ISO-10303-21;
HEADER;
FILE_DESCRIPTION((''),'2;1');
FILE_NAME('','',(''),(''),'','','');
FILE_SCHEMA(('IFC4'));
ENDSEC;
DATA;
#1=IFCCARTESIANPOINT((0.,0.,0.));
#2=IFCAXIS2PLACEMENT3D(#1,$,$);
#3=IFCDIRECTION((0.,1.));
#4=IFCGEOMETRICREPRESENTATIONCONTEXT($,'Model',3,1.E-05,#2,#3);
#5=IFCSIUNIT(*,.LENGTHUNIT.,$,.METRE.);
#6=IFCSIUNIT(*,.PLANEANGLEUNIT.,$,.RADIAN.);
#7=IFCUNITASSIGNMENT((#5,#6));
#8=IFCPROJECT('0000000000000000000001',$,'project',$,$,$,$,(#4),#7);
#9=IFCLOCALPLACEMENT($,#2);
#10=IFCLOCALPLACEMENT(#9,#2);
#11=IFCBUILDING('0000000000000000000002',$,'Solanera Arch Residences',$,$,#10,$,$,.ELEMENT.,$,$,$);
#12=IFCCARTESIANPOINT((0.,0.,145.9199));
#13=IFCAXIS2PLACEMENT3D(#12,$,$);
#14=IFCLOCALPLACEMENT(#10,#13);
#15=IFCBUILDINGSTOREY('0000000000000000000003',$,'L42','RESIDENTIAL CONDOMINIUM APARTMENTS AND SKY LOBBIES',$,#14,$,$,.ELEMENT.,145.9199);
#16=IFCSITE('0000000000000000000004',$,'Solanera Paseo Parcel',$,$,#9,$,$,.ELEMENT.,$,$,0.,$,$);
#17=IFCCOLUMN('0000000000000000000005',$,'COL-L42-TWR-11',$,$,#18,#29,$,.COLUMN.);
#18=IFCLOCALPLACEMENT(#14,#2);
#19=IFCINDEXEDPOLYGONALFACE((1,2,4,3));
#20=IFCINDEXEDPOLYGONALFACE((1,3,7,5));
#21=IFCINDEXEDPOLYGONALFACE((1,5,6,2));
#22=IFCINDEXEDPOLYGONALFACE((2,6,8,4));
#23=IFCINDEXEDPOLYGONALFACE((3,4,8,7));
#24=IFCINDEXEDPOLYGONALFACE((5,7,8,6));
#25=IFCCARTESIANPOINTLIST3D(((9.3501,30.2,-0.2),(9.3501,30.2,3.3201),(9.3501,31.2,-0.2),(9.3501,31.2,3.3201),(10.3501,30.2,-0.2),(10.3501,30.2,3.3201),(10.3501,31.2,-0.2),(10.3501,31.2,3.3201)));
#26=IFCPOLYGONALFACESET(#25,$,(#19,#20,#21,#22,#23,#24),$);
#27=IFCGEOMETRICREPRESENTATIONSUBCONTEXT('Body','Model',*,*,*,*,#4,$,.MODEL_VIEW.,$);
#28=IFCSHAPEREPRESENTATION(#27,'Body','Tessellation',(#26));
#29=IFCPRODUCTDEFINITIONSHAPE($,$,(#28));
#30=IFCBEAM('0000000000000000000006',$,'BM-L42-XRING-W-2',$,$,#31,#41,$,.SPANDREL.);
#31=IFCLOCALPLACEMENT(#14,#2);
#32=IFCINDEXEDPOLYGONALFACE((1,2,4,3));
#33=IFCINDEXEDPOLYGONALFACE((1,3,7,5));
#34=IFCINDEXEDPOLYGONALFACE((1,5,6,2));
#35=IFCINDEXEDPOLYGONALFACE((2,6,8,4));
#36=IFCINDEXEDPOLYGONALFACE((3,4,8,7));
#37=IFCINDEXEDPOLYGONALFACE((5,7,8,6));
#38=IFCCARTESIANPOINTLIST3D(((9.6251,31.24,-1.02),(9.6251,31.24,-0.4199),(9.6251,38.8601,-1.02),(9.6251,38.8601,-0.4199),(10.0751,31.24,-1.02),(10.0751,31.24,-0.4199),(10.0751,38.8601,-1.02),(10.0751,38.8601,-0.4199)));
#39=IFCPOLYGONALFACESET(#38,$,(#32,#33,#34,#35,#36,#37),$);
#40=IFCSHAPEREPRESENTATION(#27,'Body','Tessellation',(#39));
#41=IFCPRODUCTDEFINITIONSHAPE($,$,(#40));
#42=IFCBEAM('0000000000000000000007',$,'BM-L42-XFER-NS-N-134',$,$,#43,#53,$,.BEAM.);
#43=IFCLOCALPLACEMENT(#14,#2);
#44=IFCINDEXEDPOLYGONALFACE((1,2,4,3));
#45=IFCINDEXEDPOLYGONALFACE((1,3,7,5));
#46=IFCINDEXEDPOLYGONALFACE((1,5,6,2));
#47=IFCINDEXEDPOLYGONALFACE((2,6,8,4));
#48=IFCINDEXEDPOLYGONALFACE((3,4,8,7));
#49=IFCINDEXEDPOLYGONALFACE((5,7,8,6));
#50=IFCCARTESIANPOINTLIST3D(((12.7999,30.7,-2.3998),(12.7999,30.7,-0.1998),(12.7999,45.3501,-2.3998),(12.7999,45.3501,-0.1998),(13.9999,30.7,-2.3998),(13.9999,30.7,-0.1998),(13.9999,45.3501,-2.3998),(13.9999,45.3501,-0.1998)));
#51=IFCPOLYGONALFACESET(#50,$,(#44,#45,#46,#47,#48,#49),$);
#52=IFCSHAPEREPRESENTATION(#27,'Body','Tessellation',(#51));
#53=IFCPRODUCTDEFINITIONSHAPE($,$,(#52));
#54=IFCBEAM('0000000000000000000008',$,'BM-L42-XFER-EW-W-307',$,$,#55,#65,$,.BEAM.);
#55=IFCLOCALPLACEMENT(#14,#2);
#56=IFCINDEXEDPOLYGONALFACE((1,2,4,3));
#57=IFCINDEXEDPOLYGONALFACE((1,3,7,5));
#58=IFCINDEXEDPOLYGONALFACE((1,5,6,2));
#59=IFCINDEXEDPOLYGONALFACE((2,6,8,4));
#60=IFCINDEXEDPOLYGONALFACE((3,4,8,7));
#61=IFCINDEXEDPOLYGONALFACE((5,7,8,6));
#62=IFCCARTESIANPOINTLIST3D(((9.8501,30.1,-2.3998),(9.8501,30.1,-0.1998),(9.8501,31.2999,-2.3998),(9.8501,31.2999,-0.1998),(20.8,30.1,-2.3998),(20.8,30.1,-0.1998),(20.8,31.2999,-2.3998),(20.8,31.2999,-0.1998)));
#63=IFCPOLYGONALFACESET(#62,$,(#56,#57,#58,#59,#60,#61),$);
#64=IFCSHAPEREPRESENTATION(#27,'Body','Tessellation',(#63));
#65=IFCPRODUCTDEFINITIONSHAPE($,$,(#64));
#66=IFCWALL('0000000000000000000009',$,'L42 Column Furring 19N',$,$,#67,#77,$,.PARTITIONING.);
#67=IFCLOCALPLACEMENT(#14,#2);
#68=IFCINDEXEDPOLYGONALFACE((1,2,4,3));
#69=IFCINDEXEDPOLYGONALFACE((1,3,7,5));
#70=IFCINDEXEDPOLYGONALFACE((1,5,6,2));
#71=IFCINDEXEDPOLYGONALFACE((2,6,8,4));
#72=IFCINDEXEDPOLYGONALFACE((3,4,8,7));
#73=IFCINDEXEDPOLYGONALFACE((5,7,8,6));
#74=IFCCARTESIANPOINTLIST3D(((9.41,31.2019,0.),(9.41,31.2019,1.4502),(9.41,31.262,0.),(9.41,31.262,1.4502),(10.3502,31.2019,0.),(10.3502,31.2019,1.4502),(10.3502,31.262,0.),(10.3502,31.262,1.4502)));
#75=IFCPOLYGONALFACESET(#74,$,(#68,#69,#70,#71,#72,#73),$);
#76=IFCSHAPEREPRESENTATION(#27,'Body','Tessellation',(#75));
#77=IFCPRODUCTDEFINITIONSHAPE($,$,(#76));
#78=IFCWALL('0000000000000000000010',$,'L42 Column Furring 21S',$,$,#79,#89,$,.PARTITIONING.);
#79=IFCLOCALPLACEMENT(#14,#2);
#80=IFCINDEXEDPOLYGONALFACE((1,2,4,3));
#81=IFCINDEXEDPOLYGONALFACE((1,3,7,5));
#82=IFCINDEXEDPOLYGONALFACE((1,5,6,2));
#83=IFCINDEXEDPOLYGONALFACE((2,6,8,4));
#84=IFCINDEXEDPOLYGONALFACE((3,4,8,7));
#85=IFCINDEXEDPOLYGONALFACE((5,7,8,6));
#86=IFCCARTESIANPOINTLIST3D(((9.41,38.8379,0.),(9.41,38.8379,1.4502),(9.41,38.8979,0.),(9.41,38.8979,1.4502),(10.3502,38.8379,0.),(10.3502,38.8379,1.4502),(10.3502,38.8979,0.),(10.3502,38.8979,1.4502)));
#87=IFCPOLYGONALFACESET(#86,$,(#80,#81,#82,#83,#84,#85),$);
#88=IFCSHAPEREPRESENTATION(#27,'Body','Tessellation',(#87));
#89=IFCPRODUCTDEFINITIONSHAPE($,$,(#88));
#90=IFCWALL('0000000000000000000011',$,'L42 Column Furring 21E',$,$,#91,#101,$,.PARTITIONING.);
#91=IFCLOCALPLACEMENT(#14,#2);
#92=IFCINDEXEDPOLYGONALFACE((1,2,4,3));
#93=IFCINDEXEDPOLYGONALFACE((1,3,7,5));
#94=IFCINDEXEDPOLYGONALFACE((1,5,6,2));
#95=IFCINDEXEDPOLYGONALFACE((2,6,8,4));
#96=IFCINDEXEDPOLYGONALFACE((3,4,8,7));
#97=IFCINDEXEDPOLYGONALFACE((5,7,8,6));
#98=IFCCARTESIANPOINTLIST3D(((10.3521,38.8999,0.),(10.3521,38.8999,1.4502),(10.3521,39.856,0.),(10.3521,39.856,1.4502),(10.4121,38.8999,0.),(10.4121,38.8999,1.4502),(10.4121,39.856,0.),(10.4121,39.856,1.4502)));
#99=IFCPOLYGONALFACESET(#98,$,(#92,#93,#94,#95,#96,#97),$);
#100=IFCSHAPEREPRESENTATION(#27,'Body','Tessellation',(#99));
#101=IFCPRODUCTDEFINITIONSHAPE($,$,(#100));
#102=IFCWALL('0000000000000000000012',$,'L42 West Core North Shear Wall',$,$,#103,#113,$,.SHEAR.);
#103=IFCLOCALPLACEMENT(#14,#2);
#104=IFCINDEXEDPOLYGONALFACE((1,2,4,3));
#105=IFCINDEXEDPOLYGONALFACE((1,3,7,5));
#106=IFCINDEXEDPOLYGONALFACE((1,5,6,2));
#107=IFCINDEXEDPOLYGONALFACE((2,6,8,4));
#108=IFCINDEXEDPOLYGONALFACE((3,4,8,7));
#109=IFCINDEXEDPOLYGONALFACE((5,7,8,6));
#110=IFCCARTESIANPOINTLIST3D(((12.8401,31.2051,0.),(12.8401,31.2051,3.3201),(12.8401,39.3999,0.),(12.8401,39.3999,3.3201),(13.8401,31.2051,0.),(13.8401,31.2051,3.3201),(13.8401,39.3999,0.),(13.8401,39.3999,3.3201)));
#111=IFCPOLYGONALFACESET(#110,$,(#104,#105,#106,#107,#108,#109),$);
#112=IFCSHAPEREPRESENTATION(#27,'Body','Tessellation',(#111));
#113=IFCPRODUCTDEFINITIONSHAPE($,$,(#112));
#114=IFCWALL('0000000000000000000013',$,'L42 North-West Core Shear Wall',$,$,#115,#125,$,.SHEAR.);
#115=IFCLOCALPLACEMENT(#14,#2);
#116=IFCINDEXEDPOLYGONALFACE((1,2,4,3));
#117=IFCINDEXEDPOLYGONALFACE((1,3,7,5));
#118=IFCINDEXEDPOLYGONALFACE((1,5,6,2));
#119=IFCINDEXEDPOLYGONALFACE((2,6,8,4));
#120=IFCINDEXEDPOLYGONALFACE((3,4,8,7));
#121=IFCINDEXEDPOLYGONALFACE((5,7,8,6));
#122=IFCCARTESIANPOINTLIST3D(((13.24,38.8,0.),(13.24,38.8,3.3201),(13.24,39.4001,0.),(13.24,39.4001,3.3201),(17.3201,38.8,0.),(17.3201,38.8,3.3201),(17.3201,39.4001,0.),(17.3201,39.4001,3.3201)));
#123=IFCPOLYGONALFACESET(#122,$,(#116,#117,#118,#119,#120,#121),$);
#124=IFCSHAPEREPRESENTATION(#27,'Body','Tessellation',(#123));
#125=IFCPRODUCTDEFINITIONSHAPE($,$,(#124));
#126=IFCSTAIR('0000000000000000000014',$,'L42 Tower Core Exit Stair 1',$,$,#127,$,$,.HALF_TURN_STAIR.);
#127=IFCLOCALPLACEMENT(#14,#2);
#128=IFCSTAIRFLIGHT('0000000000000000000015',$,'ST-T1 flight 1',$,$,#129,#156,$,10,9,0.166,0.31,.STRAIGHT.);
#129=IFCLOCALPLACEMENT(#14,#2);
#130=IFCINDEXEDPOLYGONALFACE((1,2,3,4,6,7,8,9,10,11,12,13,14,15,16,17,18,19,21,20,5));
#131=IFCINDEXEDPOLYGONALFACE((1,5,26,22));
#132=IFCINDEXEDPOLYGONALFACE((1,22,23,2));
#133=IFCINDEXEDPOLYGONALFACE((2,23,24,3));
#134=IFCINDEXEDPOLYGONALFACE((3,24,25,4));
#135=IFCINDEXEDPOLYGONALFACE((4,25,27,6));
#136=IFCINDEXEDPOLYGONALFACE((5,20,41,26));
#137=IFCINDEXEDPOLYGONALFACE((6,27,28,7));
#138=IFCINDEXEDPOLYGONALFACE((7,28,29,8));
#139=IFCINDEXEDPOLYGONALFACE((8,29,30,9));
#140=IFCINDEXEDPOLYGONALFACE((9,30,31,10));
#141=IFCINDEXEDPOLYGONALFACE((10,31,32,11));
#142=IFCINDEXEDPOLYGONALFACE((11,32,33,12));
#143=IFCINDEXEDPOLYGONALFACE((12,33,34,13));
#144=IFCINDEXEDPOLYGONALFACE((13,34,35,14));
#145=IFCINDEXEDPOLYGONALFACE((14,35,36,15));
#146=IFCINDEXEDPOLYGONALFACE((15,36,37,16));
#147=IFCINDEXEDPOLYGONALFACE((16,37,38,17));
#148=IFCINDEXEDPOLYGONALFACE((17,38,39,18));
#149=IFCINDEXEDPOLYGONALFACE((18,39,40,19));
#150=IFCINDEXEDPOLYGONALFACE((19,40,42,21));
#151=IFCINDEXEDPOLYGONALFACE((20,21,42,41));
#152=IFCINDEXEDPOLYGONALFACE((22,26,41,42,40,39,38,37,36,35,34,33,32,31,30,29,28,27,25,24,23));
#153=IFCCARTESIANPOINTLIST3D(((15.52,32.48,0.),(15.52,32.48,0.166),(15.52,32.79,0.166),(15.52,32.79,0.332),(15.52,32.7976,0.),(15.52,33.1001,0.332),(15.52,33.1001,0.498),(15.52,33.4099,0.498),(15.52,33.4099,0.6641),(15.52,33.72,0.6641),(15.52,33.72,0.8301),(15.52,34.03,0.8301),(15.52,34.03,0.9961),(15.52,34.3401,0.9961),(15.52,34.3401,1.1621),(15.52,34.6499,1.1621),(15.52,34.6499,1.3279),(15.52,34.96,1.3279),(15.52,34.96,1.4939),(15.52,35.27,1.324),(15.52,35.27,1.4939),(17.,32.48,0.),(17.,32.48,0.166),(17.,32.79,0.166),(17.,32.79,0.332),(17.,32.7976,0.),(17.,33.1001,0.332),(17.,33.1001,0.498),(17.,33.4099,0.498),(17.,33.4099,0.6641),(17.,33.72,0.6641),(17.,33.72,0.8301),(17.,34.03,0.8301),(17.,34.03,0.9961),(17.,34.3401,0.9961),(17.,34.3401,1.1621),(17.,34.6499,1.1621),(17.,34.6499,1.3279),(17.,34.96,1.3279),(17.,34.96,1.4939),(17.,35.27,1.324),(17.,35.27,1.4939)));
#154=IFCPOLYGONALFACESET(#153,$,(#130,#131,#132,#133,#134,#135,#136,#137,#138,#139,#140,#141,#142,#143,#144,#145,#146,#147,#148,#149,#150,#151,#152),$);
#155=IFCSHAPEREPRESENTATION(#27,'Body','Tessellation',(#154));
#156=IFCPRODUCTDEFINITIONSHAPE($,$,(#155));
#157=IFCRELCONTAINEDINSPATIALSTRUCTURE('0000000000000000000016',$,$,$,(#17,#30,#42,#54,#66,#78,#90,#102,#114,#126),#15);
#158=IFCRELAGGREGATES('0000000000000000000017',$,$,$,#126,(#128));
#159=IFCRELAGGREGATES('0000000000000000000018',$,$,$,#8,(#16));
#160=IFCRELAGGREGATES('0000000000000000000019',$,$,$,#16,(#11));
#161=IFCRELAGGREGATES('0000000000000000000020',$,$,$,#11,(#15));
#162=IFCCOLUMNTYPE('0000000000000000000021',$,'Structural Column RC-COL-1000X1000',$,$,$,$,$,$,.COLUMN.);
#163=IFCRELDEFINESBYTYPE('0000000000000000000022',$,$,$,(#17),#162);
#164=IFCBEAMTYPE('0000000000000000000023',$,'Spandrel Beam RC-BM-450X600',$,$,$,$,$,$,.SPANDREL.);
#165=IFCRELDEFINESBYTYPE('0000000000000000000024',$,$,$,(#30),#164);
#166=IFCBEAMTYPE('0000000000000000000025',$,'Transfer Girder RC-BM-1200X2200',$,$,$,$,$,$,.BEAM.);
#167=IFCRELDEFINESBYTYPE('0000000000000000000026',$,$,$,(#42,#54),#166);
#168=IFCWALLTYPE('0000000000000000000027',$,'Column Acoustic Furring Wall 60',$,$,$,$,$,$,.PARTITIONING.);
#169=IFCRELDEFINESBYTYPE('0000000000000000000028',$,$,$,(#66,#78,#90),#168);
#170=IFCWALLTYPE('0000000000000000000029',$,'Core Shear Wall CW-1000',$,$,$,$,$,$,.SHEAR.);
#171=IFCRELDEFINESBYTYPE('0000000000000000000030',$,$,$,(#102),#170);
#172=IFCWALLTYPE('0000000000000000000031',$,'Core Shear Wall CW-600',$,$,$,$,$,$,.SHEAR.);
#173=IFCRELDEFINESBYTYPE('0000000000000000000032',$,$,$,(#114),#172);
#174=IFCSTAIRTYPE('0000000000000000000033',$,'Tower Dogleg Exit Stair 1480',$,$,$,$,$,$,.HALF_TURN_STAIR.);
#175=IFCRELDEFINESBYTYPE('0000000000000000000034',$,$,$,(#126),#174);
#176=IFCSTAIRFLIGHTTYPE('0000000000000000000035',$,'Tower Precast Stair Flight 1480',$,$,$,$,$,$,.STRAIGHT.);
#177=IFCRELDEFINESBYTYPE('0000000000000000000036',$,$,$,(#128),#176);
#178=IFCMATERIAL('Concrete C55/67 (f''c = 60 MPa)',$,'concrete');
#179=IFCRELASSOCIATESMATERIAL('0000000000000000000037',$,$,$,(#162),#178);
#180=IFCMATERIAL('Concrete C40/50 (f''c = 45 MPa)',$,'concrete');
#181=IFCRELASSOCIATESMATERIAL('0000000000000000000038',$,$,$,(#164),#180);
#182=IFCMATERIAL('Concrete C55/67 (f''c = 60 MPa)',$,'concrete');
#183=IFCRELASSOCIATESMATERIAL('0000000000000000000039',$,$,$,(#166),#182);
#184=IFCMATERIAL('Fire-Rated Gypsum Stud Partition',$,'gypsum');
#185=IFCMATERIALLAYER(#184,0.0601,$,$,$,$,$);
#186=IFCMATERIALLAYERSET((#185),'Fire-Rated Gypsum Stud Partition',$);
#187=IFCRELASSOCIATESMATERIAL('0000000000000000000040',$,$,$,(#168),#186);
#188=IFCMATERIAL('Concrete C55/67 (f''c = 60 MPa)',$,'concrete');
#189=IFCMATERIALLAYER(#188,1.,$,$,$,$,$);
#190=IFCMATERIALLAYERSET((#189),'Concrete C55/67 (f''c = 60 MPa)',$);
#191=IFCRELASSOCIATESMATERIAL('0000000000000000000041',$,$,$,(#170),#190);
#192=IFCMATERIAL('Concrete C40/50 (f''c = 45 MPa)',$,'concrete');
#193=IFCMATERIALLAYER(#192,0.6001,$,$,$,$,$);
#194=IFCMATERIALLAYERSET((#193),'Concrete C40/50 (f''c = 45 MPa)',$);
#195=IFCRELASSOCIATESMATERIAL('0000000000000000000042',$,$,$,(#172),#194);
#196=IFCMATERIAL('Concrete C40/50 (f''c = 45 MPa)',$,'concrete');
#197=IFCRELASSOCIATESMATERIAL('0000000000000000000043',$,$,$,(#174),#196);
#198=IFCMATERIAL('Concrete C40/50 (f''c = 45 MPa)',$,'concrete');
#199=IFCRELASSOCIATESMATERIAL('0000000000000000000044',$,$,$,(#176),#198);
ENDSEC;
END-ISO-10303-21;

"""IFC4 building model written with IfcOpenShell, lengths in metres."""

from ifc_helpers import new_model, si_unit, direction, frame, frame_2d, origin, origin_2d, place, context, subcontext, project, spatial, polyline, rectangle, outline, extrude, material, layer, layer_set, material_profile, profile_set, type_object, element, aggregate, save


model = new_model("IFC4")

# Units and contexts
model_context = context("Model", 3, precision=1e-05, world=origin(), true_north=direction((0.0, 1.0)))
body_context = subcontext(model_context, "Body", "Model", "MODEL_VIEW")
ifc_project = project(units=[si_unit("LENGTHUNIT", "METRE"), si_unit("PLANEANGLEUNIT", "RADIAN")], contexts=[model_context])

# Site, building, storey
site_placement = place(None, origin())
site = spatial("IfcSite", under=ifc_project, at=site_placement, Name="Solanera Paseo Parcel", CompositionType="ELEMENT", RefElevation=0.0)
building_placement = place(site_placement, origin())
building = spatial("IfcBuilding", under=site, at=building_placement, Name="Solanera Arch Residences", CompositionType="ELEMENT")
storey_placement = place(building_placement, frame((0.0, 0.0, 145.9199)))
storey = spatial("IfcBuildingStorey", under=building, at=storey_placement, Name="L42", Description="RESIDENTIAL CONDOMINIUM APARTMENTS AND SKY LOBBIES", CompositionType="ELEMENT", Elevation=145.9199)

# Column
ifc_material_1 = material(Name="Concrete C55/67 (f'c = 60 MPa)", Category="concrete")
ifc_material_profile_1 = material_profile(ifc_material_1, rectangle(XDim=1.0, YDim=1.0, at=origin_2d()))
ifc_profile_set_1 = profile_set([ifc_material_profile_1], Name="Concrete C55/67 (f'c = 60 MPa)")
column_type = type_object("IfcColumnType", Name="Structural Column RC-COL-1000X1000", PredefinedType="COLUMN", material=ifc_profile_set_1)
column_placement = place(storey_placement, frame((9.8501, 30.7, -0.2), z_axis=(0.0, 0.0, 1.0), x_axis=(1.0, 0.0, 0.0)))
element("IfcColumn", 1, at=column_placement, inside=storey, type_object=column_type, Name="COL-L42-TWR-11", PredefinedType="COLUMN", context=body_context, shape_type="SweptSolid", body=[
    extrude(rectangle(XDim=1.0, YDim=1.0, at=origin_2d()), origin(), (0.0, 0.0, 1.0), 3.52),
])

# Beams
ifc_material_2 = material(Name="Concrete C40/50 (f'c = 45 MPa)", Category="concrete")
ifc_material_profile_2 = material_profile(ifc_material_2, rectangle(XDim=0.45, YDim=0.6001, at=origin_2d()))
ifc_profile_set_2 = profile_set([ifc_material_profile_2], Name="Concrete C40/50 (f'c = 45 MPa)")
beam_type_1 = type_object("IfcBeamType", Name="Spandrel Beam RC-BM-450X600", PredefinedType="SPANDREL", material=ifc_profile_set_2)
beam_1_placement = place(storey_placement, frame((9.8501, 31.24, -0.72), z_axis=(0.0, 1.0, 0.0), x_axis=(-1.0, 0.0, 0.0)))
element("IfcBeam", 2, at=beam_1_placement, inside=storey, type_object=beam_type_1, Name="BM-L42-XRING-W-2", PredefinedType="SPANDREL", context=body_context, shape_type="SweptSolid", body=[
    extrude(rectangle(XDim=0.45, YDim=0.6001, at=origin_2d()), origin(), (0.0, 0.0, 1.0), 7.6201),
])
ifc_material_3 = material(Name="Concrete C55/67 (f'c = 60 MPa)", Category="concrete")
ifc_material_profile_3 = material_profile(ifc_material_3, rectangle(XDim=1.2, YDim=2.2, at=origin_2d()))
ifc_profile_set_3 = profile_set([ifc_material_profile_3], Name="Concrete C55/67 (f'c = 60 MPa)")
beam_type_2 = type_object("IfcBeamType", Name="Transfer Girder RC-BM-1200X2200", PredefinedType="BEAM", material=ifc_profile_set_3)
beam_2_placement = place(storey_placement, frame((13.3999, 30.7, -1.2998), z_axis=(0.0, 1.0, 0.0), x_axis=(-1.0, 0.0, 0.0)))
element("IfcBeam", 3, at=beam_2_placement, inside=storey, type_object=beam_type_2, Name="BM-L42-XFER-NS-N-134", PredefinedType="BEAM", context=body_context, shape_type="SweptSolid", body=[
    extrude(rectangle(XDim=1.2, YDim=2.2, at=origin_2d()), origin(), (0.0, 0.0, 1.0), 14.6501),
])
beam_3_placement = place(storey_placement, frame((9.8501, 30.7, -1.2998), z_axis=(1.0, 0.0, 0.0), x_axis=(0.0, 1.0, 0.0)))
element("IfcBeam", 4, at=beam_3_placement, inside=storey, type_object=beam_type_2, Name="BM-L42-XFER-EW-W-307", PredefinedType="BEAM", context=body_context, shape_type="SweptSolid", body=[
    extrude(rectangle(XDim=1.2, YDim=2.2, at=origin_2d()), origin(), (0.0, 0.0, 1.0), 10.95),
])

# Walls
ifc_material_4 = material(Name="Fire-Rated Gypsum Stud Partition", Category="gypsum")
ifc_layer_1 = layer(ifc_material_4, 0.0601)
ifc_layer_set_1 = layer_set([ifc_layer_1], Name="Fire-Rated Gypsum Stud Partition")
wall_type_1 = type_object("IfcWallType", Name="Column Acoustic Furring Wall 60", PredefinedType="PARTITIONING", material=ifc_layer_set_1)
for number, where, z_axis, x_axis, name in (
    (5, (9.4099, 31.2319, 0.0), (0.0, 0.0, 1.0), (1.0, 0.0, 0.0), "L42 Column Furring 19N"),
    (6, (9.4099, 38.8679, 0.0), (0.0, 0.0, 1.0), (1.0, 0.0, 0.0), "L42 Column Furring 21S"),
):
    element("IfcWall", number, at=place(storey_placement, frame(where, z_axis=z_axis, x_axis=x_axis)), inside=storey, type_object=wall_type_1, Name=name, PredefinedType="PARTITIONING", context=body_context, shape_type="SweptSolid", body=[
        extrude(rectangle(XDim=0.9402, YDim=0.0601, at=frame_2d((0.4702, 0.0))), origin(), (0.0, 0.0, 1.0), 1.4502),
    ])
wall_1_placement = place(storey_placement, frame((10.3821, 38.8999, 0.0), z_axis=(0.0, 0.0, 1.0), x_axis=(0.0, 1.0, 0.0)))
element("IfcWall", 7, at=wall_1_placement, inside=storey, type_object=wall_type_1, Name="L42 Column Furring 21E", PredefinedType="PARTITIONING", context=body_context, shape_type="SweptSolid", body=[
    extrude(rectangle(XDim=0.9561, YDim=0.0601, at=frame_2d((0.478, 0.0))), origin(), (0.0, 0.0, 1.0), 1.4502),
])
ifc_material_5 = material(Name="Concrete C55/67 (f'c = 60 MPa)", Category="concrete")
ifc_layer_2 = layer(ifc_material_5, 1.0)
ifc_layer_set_2 = layer_set([ifc_layer_2], Name="Concrete C55/67 (f'c = 60 MPa)")
wall_type_2 = type_object("IfcWallType", Name="Core Shear Wall CW-1000", PredefinedType="SHEAR", material=ifc_layer_set_2)
wall_2_placement = place(storey_placement, frame((13.3401, 31.2051, 0.0), z_axis=(0.0, 0.0, 1.0), x_axis=(0.0, 1.0, 0.0)))
element("IfcWall", 8, at=wall_2_placement, inside=storey, type_object=wall_type_2, Name="L42 West Core North Shear Wall", PredefinedType="SHEAR", context=body_context, shape_type="SweptSolid", body=[
    extrude(rectangle(XDim=8.1948, YDim=1.0, at=frame_2d((4.0974, 0.0))), origin(), (0.0, 0.0, 1.0), 3.3201),
])

# Wall
ifc_material_6 = material(Name="Concrete C40/50 (f'c = 45 MPa)", Category="concrete")
ifc_layer_3 = layer(ifc_material_6, 0.6001)
ifc_layer_set_3 = layer_set([ifc_layer_3], Name="Concrete C40/50 (f'c = 45 MPa)")
wall_type_3 = type_object("IfcWallType", Name="Core Shear Wall CW-600", PredefinedType="SHEAR", material=ifc_layer_set_3)
wall_3_placement = place(storey_placement, frame((13.24, 39.1001, 0.0), z_axis=(0.0, 0.0, 1.0), x_axis=(1.0, 0.0, 0.0)))
element("IfcWall", 9, at=wall_3_placement, inside=storey, type_object=wall_type_3, Name="L42 North-West Core Shear Wall", PredefinedType="SHEAR", context=body_context, shape_type="SweptSolid", body=[
    extrude(rectangle(XDim=4.0801, YDim=0.6001, at=frame_2d((2.04, 0.0))), origin(), (0.0, 0.0, 1.0), 3.3201),
])

# Stair, stair flight
ifc_material_7 = material(Name="Concrete C40/50 (f'c = 45 MPa)", Category="concrete")
stair_type = type_object("IfcStairType", Name="Tower Dogleg Exit Stair 1480", PredefinedType="HALF_TURN_STAIR", material=ifc_material_7)
stair_placement = place(storey_placement, origin())
stair = element("IfcStair", 10, at=stair_placement, inside=storey, type_object=stair_type, Name="L42 Tower Core Exit Stair 1", PredefinedType="HALF_TURN_STAIR")
ifc_material_8 = material(Name="Concrete C40/50 (f'c = 45 MPa)", Category="concrete")
stair_flight_type = type_object("IfcStairFlightType", Name="Tower Precast Stair Flight 1480", PredefinedType="STRAIGHT", material=ifc_material_8)
stair_flight_1_placement = place(storey_placement, frame((16.26, 32.48, 0.0), z_axis=(0.0, 0.0, 1.0), x_axis=(0.0, 1.0, 0.0)))
stair_flight_1 = element("IfcStairFlight", 11, at=stair_flight_1_placement, type_object=stair_flight_type, Name="ST-T1 flight 1", NumberOfRisers=10, NumberOfTreads=9, PredefinedType="STRAIGHT", RiserHeight=0.166, TreadLength=0.31, context=body_context, shape_type="SweptSolid", body=[
    extrude(outline(polyline([(0.0, 0.0), (0.0, 0.166), (0.3101, 0.166), (0.3101, 0.332), (0.6201, 0.332), (0.6201, 0.498), (0.9299, 0.498), (0.9299, 0.6641), (1.24, 0.6641), (1.24, 0.8301), (1.55, 0.8301), (1.55, 0.9961), (1.8601, 0.9961), (1.8601, 1.1621), (2.1699, 1.1621), (2.1699, 1.3279), (2.48, 1.3279), (2.48, 1.4939), (2.79, 1.4939), (2.79, 1.6599), (2.79, 1.324), (0.3176, 0.0), (0.0, 0.0)])), frame((0.0, 0.74, 0.0), z_axis=(0.0, -1.0, 0.0), x_axis=(1.0, 0.0, 0.0)), (0.0, 0.0, 1.0), 1.48),
])
aggregate(stair, [stair_flight_1])

save(model, "model.ifc")
